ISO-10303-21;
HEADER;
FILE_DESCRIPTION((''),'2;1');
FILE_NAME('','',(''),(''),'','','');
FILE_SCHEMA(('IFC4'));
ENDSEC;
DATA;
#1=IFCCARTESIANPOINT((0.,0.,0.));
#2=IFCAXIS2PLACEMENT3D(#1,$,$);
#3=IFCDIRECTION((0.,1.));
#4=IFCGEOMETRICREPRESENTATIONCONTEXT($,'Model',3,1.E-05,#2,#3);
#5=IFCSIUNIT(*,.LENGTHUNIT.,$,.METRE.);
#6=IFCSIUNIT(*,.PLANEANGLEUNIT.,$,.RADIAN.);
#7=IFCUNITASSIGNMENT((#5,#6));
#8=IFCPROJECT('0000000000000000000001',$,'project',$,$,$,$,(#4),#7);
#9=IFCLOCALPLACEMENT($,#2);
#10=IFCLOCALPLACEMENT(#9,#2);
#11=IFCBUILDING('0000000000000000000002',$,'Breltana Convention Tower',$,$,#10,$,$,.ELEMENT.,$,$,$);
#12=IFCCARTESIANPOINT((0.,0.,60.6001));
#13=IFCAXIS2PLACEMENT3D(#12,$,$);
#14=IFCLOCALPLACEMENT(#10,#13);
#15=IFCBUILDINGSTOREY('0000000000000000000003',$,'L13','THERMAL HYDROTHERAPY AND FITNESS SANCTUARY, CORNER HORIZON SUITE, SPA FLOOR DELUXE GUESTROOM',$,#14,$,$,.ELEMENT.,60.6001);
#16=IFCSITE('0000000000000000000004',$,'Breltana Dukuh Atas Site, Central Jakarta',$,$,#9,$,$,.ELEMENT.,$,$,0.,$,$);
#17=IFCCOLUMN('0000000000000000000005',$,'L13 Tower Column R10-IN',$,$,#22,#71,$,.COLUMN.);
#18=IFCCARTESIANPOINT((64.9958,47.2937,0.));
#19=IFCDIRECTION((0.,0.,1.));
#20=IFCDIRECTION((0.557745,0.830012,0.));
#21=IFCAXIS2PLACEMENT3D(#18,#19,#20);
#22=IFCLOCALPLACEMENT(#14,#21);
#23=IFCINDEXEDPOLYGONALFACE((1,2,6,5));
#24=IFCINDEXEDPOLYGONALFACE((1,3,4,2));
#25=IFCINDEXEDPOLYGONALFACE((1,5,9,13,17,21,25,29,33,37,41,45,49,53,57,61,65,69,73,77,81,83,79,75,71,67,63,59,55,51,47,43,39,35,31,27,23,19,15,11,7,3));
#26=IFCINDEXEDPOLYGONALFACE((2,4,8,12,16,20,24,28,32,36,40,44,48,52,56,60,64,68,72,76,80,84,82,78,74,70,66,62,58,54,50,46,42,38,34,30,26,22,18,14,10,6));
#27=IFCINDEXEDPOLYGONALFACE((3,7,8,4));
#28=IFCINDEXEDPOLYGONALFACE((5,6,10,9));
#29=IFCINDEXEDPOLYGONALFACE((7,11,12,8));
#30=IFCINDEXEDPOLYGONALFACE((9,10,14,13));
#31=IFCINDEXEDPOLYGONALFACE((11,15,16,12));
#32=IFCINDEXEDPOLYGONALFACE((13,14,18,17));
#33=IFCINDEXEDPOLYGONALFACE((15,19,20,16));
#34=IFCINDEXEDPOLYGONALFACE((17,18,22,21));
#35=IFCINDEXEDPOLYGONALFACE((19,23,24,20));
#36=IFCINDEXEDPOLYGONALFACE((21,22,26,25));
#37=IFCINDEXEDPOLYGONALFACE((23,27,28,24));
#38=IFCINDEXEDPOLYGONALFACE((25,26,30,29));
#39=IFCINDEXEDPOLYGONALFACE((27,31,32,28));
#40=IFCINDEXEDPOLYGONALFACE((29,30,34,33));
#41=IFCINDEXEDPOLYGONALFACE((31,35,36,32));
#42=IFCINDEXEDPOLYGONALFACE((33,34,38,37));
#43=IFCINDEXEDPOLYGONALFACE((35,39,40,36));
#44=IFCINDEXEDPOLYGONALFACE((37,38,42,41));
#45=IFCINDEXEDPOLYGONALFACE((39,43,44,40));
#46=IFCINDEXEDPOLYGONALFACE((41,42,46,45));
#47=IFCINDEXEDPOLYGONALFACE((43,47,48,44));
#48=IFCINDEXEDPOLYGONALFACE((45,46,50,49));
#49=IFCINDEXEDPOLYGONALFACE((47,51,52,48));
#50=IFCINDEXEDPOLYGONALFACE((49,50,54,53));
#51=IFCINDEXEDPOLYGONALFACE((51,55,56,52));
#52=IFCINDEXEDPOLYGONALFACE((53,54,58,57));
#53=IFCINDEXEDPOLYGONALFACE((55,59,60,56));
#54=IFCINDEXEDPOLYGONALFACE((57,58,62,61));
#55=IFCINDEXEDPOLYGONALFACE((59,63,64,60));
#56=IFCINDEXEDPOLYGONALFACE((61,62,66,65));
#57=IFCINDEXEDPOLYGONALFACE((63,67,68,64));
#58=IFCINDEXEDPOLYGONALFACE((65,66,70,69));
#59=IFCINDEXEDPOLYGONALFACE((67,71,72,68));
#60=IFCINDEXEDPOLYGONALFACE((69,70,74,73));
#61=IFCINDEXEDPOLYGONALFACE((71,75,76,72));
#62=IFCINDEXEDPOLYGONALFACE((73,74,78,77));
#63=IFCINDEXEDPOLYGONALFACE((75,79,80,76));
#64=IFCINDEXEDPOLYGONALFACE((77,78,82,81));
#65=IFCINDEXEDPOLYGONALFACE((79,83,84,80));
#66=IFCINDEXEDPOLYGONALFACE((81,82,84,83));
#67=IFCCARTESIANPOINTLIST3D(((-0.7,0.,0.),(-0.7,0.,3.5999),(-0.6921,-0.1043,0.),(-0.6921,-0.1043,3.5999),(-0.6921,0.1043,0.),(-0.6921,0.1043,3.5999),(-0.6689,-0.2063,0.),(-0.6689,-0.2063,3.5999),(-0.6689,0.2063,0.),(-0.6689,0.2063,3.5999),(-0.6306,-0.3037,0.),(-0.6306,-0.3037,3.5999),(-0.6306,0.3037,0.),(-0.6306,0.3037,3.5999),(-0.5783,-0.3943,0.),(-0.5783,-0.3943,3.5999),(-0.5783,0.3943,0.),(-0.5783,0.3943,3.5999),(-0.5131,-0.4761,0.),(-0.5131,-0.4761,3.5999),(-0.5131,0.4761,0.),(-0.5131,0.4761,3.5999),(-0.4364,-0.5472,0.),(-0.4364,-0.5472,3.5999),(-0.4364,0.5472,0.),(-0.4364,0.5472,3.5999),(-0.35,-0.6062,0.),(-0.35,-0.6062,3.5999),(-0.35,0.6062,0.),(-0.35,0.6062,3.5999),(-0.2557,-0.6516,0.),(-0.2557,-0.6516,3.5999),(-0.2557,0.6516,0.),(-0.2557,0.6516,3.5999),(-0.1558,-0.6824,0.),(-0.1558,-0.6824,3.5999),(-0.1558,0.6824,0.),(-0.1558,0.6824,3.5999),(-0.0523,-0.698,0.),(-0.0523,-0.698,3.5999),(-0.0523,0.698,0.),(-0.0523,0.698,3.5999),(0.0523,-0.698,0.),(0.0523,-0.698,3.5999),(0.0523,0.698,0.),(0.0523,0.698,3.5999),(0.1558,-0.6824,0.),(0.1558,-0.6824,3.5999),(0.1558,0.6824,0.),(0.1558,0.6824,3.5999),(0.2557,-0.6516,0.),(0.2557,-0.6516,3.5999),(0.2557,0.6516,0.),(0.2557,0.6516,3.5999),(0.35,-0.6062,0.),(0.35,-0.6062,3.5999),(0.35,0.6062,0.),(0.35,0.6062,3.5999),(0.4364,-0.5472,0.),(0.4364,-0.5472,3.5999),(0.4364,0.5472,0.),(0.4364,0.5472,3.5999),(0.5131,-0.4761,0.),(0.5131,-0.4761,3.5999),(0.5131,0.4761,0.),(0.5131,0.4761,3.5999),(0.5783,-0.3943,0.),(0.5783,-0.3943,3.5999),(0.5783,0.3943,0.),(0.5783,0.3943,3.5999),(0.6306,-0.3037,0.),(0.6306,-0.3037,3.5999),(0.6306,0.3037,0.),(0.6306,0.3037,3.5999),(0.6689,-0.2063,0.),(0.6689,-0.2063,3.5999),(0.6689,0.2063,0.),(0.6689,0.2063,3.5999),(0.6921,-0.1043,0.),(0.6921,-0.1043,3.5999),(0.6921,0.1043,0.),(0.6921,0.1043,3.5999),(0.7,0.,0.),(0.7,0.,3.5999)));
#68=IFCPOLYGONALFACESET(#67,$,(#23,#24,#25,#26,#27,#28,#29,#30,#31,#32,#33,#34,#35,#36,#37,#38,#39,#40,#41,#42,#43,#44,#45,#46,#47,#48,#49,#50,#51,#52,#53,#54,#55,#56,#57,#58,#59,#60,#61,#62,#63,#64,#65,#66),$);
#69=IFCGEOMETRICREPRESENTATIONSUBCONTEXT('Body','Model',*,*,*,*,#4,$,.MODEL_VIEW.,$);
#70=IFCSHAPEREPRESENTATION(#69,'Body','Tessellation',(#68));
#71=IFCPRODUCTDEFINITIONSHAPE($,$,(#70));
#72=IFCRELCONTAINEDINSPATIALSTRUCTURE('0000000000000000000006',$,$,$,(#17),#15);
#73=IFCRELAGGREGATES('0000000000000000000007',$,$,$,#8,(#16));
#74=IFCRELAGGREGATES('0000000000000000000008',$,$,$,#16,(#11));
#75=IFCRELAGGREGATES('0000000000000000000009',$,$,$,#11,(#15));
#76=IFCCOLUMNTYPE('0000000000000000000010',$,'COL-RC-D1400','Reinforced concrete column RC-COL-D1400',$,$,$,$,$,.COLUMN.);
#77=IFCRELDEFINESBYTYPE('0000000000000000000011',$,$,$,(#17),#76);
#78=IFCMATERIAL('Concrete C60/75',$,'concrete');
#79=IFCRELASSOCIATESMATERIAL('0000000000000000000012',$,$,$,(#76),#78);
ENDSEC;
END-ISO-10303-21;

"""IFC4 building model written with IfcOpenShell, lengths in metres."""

from ifc_helpers import new_model, si_unit, direction, frame, origin, origin_2d, place, context, subcontext, project, spatial, circle, extrude, source, transform, mapped, material, material_profile, profile_set, type_object, element, save


model = new_model("IFC4")

# Units and contexts
model_context = context("Model", 3, precision=1e-05, world=origin(), true_north=direction((0.0, 1.0)))
body_context = subcontext(model_context, "Body", "Model", "MODEL_VIEW")
ifc_project = project(units=[si_unit("LENGTHUNIT", "METRE"), si_unit("PLANEANGLEUNIT", "RADIAN")], contexts=[model_context])

# Site, building, storey
site_placement = place(None, origin())
site = spatial("IfcSite", under=ifc_project, at=site_placement, Name="Breltana Dukuh Atas Site, Central Jakarta", CompositionType="ELEMENT", RefElevation=0.0)
building_placement = place(site_placement, origin())
building = spatial("IfcBuilding", under=site, at=building_placement, Name="Breltana Convention Tower", CompositionType="ELEMENT")
storey_placement = place(building_placement, frame((0.0, 0.0, 60.6001)))
storey = spatial("IfcBuildingStorey", under=building, at=storey_placement, Name="L13", Description="THERMAL HYDROTHERAPY AND FITNESS SANCTUARY, CORNER HORIZON SUITE, SPA FLOOR DELUXE GUESTROOM", CompositionType="ELEMENT", Elevation=60.6001)

# Column
ifc_material_1 = material(Name="Concrete C60/75", Category="concrete")
ifc_material_profile_1 = material_profile(ifc_material_1, circle(Radius=0.7, at=origin_2d()), Name="RC-COL-D1400")
ifc_profile_set_1 = profile_set([ifc_material_profile_1], Name="Concrete C60/75")
column_type = type_object("IfcColumnType", Name="COL-RC-D1400", Description="Reinforced concrete column RC-COL-D1400", PredefinedType="COLUMN", material=ifc_profile_set_1)
shared_shape_1 = source(origin(), body_context, "Body", "SweptSolid", [
    extrude(circle(Radius=0.7, at=origin_2d()), origin(), (0.0, 0.0, 1.0), 3.5999),
])
column_placement = place(storey_placement, frame((64.9958, 47.2937, 0.0), z_axis=(0.0, 0.0, 1.0), x_axis=(0.557745, 0.830012, 0.0)))
element("IfcColumn", 1, at=column_placement, inside=storey, type_object=column_type, Name="L13 Tower Column R10-IN", PredefinedType="COLUMN", context=body_context, shape_type="MappedRepresentation", body=[
    mapped(shared_shape_1, transform((0.0, 0.0, 0.0), scale=1.0)),
])

save(model, "model.ifc")
